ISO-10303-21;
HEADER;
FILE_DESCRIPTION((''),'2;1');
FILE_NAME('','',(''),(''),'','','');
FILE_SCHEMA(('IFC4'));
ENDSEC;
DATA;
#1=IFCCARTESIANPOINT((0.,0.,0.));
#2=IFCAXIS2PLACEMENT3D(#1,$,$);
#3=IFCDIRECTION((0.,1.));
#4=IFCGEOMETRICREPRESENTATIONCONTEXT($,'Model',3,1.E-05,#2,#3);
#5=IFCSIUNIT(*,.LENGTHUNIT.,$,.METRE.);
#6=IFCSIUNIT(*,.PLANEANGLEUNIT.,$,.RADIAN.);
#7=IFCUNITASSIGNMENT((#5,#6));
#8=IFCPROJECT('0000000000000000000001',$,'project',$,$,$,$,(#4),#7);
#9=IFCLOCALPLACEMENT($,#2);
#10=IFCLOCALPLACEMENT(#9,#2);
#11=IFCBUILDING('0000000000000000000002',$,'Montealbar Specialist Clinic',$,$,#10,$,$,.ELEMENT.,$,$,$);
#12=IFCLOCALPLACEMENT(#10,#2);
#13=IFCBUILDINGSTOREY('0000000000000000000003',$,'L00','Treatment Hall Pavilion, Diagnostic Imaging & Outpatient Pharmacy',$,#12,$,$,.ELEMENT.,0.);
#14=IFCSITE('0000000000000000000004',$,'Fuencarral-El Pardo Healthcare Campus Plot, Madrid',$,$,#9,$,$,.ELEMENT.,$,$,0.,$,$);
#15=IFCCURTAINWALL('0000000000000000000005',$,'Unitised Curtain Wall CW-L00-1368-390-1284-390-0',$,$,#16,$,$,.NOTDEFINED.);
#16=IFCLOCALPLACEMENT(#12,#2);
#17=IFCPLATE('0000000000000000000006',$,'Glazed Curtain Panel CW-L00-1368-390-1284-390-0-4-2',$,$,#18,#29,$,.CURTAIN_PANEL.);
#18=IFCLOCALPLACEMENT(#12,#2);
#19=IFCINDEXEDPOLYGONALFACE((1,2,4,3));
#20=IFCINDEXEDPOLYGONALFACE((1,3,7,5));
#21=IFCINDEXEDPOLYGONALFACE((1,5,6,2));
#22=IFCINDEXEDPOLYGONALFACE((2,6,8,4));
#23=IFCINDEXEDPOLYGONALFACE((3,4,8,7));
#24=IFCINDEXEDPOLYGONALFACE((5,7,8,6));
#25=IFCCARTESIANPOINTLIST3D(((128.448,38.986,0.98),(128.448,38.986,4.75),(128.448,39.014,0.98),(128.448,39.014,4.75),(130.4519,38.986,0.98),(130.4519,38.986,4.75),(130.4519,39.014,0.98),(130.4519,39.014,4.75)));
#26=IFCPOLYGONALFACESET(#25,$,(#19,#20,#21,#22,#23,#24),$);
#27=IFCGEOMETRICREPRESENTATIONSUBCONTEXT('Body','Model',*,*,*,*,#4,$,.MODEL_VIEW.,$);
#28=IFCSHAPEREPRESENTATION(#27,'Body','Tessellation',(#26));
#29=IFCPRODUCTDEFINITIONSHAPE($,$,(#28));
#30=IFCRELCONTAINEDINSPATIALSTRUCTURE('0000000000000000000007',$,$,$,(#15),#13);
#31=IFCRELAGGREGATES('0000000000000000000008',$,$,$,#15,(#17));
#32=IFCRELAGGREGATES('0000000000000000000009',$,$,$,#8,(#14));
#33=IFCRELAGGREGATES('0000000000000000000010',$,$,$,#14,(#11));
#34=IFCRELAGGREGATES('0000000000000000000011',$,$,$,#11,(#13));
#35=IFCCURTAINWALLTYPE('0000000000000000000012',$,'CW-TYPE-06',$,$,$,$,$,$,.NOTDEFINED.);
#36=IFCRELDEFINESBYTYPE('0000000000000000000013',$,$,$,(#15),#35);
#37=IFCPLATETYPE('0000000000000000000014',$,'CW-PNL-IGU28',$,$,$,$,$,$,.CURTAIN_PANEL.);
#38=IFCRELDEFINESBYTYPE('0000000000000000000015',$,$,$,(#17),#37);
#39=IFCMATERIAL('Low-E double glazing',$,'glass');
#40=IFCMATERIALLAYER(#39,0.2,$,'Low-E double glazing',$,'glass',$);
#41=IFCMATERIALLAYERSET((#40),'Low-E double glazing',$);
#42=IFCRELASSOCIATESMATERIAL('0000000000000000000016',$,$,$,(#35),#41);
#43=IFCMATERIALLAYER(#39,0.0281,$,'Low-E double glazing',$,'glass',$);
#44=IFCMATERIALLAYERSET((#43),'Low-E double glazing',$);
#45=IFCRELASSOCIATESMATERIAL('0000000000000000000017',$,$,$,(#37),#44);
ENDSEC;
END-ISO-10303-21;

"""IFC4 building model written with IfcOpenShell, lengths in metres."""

from ifc_helpers import new_model, si_unit, direction, frame, origin, origin_2d, place, context, subcontext, project, spatial, rectangle, extrude, material, layer, layer_set, type_object, element, aggregate, save


model = new_model("IFC4")

# Units and contexts
model_context = context("Model", 3, precision=1e-05, world=origin(), true_north=direction((0.0, 1.0)))
body_context = subcontext(model_context, "Body", "Model", "MODEL_VIEW")
ifc_project = project(units=[si_unit("LENGTHUNIT", "METRE"), si_unit("PLANEANGLEUNIT", "RADIAN")], contexts=[model_context])

# Site, building, storey
site_placement = place(None, origin())
site = spatial("IfcSite", under=ifc_project, at=site_placement, Name="Fuencarral-El Pardo Healthcare Campus Plot, Madrid", CompositionType="ELEMENT", RefElevation=0.0)
building_placement = place(site_placement, origin())
building = spatial("IfcBuilding", under=site, at=building_placement, Name="Montealbar Specialist Clinic", CompositionType="ELEMENT")
storey_placement = place(building_placement, origin())
storey = spatial("IfcBuildingStorey", under=building, at=storey_placement, Name="L00", Description="Treatment Hall Pavilion, Diagnostic Imaging & Outpatient Pharmacy", CompositionType="ELEMENT", Elevation=0.0)

# Curtain wall
ifc_material_1 = material(Name="Low-E double glazing", Category="glass")
ifc_layer_1 = layer(ifc_material_1, 0.2, Name="Low-E double glazing", Category="glass")
ifc_layer_set_1 = layer_set([ifc_layer_1], Name="Low-E double glazing")
curtain_wall_type = type_object("IfcCurtainWallType", Name="CW-TYPE-06", PredefinedType="NOTDEFINED", material=ifc_layer_set_1)
curtain_wall_1_placement = place(storey_placement, origin())
curtain_wall_1 = element("IfcCurtainWall", 1, at=curtain_wall_1_placement, inside=storey, type_object=curtain_wall_type, Name="Unitised Curtain Wall CW-L00-1368-390-1284-390-0", PredefinedType="NOTDEFINED")

# Plate
ifc_layer_2 = layer(ifc_material_1, 0.0281, Name="Low-E double glazing", Category="glass")
ifc_layer_set_2 = layer_set([ifc_layer_2], Name="Low-E double glazing")
plate_type = type_object("IfcPlateType", Name="CW-PNL-IGU28", PredefinedType="CURTAIN_PANEL", material=ifc_layer_set_2)
plate_1_placement = place(storey_placement, frame((129.45, 39.0, 0.98), z_axis=(0.0, 0.0, 1.0), x_axis=(-1.0, 0.0, 0.0)))
plate_1 = element("IfcPlate", 2, at=plate_1_placement, type_object=plate_type, Name="Glazed Curtain Panel CW-L00-1368-390-1284-390-0-4-2", PredefinedType="CURTAIN_PANEL", context=body_context, shape_type="SweptSolid", body=[
    extrude(rectangle(XDim=2.0039, YDim=0.0281, at=origin_2d()), origin(), (0.0, 0.0, 1.0), 3.77),
])
aggregate(curtain_wall_1, [plate_1])

save(model, "model.ifc")
